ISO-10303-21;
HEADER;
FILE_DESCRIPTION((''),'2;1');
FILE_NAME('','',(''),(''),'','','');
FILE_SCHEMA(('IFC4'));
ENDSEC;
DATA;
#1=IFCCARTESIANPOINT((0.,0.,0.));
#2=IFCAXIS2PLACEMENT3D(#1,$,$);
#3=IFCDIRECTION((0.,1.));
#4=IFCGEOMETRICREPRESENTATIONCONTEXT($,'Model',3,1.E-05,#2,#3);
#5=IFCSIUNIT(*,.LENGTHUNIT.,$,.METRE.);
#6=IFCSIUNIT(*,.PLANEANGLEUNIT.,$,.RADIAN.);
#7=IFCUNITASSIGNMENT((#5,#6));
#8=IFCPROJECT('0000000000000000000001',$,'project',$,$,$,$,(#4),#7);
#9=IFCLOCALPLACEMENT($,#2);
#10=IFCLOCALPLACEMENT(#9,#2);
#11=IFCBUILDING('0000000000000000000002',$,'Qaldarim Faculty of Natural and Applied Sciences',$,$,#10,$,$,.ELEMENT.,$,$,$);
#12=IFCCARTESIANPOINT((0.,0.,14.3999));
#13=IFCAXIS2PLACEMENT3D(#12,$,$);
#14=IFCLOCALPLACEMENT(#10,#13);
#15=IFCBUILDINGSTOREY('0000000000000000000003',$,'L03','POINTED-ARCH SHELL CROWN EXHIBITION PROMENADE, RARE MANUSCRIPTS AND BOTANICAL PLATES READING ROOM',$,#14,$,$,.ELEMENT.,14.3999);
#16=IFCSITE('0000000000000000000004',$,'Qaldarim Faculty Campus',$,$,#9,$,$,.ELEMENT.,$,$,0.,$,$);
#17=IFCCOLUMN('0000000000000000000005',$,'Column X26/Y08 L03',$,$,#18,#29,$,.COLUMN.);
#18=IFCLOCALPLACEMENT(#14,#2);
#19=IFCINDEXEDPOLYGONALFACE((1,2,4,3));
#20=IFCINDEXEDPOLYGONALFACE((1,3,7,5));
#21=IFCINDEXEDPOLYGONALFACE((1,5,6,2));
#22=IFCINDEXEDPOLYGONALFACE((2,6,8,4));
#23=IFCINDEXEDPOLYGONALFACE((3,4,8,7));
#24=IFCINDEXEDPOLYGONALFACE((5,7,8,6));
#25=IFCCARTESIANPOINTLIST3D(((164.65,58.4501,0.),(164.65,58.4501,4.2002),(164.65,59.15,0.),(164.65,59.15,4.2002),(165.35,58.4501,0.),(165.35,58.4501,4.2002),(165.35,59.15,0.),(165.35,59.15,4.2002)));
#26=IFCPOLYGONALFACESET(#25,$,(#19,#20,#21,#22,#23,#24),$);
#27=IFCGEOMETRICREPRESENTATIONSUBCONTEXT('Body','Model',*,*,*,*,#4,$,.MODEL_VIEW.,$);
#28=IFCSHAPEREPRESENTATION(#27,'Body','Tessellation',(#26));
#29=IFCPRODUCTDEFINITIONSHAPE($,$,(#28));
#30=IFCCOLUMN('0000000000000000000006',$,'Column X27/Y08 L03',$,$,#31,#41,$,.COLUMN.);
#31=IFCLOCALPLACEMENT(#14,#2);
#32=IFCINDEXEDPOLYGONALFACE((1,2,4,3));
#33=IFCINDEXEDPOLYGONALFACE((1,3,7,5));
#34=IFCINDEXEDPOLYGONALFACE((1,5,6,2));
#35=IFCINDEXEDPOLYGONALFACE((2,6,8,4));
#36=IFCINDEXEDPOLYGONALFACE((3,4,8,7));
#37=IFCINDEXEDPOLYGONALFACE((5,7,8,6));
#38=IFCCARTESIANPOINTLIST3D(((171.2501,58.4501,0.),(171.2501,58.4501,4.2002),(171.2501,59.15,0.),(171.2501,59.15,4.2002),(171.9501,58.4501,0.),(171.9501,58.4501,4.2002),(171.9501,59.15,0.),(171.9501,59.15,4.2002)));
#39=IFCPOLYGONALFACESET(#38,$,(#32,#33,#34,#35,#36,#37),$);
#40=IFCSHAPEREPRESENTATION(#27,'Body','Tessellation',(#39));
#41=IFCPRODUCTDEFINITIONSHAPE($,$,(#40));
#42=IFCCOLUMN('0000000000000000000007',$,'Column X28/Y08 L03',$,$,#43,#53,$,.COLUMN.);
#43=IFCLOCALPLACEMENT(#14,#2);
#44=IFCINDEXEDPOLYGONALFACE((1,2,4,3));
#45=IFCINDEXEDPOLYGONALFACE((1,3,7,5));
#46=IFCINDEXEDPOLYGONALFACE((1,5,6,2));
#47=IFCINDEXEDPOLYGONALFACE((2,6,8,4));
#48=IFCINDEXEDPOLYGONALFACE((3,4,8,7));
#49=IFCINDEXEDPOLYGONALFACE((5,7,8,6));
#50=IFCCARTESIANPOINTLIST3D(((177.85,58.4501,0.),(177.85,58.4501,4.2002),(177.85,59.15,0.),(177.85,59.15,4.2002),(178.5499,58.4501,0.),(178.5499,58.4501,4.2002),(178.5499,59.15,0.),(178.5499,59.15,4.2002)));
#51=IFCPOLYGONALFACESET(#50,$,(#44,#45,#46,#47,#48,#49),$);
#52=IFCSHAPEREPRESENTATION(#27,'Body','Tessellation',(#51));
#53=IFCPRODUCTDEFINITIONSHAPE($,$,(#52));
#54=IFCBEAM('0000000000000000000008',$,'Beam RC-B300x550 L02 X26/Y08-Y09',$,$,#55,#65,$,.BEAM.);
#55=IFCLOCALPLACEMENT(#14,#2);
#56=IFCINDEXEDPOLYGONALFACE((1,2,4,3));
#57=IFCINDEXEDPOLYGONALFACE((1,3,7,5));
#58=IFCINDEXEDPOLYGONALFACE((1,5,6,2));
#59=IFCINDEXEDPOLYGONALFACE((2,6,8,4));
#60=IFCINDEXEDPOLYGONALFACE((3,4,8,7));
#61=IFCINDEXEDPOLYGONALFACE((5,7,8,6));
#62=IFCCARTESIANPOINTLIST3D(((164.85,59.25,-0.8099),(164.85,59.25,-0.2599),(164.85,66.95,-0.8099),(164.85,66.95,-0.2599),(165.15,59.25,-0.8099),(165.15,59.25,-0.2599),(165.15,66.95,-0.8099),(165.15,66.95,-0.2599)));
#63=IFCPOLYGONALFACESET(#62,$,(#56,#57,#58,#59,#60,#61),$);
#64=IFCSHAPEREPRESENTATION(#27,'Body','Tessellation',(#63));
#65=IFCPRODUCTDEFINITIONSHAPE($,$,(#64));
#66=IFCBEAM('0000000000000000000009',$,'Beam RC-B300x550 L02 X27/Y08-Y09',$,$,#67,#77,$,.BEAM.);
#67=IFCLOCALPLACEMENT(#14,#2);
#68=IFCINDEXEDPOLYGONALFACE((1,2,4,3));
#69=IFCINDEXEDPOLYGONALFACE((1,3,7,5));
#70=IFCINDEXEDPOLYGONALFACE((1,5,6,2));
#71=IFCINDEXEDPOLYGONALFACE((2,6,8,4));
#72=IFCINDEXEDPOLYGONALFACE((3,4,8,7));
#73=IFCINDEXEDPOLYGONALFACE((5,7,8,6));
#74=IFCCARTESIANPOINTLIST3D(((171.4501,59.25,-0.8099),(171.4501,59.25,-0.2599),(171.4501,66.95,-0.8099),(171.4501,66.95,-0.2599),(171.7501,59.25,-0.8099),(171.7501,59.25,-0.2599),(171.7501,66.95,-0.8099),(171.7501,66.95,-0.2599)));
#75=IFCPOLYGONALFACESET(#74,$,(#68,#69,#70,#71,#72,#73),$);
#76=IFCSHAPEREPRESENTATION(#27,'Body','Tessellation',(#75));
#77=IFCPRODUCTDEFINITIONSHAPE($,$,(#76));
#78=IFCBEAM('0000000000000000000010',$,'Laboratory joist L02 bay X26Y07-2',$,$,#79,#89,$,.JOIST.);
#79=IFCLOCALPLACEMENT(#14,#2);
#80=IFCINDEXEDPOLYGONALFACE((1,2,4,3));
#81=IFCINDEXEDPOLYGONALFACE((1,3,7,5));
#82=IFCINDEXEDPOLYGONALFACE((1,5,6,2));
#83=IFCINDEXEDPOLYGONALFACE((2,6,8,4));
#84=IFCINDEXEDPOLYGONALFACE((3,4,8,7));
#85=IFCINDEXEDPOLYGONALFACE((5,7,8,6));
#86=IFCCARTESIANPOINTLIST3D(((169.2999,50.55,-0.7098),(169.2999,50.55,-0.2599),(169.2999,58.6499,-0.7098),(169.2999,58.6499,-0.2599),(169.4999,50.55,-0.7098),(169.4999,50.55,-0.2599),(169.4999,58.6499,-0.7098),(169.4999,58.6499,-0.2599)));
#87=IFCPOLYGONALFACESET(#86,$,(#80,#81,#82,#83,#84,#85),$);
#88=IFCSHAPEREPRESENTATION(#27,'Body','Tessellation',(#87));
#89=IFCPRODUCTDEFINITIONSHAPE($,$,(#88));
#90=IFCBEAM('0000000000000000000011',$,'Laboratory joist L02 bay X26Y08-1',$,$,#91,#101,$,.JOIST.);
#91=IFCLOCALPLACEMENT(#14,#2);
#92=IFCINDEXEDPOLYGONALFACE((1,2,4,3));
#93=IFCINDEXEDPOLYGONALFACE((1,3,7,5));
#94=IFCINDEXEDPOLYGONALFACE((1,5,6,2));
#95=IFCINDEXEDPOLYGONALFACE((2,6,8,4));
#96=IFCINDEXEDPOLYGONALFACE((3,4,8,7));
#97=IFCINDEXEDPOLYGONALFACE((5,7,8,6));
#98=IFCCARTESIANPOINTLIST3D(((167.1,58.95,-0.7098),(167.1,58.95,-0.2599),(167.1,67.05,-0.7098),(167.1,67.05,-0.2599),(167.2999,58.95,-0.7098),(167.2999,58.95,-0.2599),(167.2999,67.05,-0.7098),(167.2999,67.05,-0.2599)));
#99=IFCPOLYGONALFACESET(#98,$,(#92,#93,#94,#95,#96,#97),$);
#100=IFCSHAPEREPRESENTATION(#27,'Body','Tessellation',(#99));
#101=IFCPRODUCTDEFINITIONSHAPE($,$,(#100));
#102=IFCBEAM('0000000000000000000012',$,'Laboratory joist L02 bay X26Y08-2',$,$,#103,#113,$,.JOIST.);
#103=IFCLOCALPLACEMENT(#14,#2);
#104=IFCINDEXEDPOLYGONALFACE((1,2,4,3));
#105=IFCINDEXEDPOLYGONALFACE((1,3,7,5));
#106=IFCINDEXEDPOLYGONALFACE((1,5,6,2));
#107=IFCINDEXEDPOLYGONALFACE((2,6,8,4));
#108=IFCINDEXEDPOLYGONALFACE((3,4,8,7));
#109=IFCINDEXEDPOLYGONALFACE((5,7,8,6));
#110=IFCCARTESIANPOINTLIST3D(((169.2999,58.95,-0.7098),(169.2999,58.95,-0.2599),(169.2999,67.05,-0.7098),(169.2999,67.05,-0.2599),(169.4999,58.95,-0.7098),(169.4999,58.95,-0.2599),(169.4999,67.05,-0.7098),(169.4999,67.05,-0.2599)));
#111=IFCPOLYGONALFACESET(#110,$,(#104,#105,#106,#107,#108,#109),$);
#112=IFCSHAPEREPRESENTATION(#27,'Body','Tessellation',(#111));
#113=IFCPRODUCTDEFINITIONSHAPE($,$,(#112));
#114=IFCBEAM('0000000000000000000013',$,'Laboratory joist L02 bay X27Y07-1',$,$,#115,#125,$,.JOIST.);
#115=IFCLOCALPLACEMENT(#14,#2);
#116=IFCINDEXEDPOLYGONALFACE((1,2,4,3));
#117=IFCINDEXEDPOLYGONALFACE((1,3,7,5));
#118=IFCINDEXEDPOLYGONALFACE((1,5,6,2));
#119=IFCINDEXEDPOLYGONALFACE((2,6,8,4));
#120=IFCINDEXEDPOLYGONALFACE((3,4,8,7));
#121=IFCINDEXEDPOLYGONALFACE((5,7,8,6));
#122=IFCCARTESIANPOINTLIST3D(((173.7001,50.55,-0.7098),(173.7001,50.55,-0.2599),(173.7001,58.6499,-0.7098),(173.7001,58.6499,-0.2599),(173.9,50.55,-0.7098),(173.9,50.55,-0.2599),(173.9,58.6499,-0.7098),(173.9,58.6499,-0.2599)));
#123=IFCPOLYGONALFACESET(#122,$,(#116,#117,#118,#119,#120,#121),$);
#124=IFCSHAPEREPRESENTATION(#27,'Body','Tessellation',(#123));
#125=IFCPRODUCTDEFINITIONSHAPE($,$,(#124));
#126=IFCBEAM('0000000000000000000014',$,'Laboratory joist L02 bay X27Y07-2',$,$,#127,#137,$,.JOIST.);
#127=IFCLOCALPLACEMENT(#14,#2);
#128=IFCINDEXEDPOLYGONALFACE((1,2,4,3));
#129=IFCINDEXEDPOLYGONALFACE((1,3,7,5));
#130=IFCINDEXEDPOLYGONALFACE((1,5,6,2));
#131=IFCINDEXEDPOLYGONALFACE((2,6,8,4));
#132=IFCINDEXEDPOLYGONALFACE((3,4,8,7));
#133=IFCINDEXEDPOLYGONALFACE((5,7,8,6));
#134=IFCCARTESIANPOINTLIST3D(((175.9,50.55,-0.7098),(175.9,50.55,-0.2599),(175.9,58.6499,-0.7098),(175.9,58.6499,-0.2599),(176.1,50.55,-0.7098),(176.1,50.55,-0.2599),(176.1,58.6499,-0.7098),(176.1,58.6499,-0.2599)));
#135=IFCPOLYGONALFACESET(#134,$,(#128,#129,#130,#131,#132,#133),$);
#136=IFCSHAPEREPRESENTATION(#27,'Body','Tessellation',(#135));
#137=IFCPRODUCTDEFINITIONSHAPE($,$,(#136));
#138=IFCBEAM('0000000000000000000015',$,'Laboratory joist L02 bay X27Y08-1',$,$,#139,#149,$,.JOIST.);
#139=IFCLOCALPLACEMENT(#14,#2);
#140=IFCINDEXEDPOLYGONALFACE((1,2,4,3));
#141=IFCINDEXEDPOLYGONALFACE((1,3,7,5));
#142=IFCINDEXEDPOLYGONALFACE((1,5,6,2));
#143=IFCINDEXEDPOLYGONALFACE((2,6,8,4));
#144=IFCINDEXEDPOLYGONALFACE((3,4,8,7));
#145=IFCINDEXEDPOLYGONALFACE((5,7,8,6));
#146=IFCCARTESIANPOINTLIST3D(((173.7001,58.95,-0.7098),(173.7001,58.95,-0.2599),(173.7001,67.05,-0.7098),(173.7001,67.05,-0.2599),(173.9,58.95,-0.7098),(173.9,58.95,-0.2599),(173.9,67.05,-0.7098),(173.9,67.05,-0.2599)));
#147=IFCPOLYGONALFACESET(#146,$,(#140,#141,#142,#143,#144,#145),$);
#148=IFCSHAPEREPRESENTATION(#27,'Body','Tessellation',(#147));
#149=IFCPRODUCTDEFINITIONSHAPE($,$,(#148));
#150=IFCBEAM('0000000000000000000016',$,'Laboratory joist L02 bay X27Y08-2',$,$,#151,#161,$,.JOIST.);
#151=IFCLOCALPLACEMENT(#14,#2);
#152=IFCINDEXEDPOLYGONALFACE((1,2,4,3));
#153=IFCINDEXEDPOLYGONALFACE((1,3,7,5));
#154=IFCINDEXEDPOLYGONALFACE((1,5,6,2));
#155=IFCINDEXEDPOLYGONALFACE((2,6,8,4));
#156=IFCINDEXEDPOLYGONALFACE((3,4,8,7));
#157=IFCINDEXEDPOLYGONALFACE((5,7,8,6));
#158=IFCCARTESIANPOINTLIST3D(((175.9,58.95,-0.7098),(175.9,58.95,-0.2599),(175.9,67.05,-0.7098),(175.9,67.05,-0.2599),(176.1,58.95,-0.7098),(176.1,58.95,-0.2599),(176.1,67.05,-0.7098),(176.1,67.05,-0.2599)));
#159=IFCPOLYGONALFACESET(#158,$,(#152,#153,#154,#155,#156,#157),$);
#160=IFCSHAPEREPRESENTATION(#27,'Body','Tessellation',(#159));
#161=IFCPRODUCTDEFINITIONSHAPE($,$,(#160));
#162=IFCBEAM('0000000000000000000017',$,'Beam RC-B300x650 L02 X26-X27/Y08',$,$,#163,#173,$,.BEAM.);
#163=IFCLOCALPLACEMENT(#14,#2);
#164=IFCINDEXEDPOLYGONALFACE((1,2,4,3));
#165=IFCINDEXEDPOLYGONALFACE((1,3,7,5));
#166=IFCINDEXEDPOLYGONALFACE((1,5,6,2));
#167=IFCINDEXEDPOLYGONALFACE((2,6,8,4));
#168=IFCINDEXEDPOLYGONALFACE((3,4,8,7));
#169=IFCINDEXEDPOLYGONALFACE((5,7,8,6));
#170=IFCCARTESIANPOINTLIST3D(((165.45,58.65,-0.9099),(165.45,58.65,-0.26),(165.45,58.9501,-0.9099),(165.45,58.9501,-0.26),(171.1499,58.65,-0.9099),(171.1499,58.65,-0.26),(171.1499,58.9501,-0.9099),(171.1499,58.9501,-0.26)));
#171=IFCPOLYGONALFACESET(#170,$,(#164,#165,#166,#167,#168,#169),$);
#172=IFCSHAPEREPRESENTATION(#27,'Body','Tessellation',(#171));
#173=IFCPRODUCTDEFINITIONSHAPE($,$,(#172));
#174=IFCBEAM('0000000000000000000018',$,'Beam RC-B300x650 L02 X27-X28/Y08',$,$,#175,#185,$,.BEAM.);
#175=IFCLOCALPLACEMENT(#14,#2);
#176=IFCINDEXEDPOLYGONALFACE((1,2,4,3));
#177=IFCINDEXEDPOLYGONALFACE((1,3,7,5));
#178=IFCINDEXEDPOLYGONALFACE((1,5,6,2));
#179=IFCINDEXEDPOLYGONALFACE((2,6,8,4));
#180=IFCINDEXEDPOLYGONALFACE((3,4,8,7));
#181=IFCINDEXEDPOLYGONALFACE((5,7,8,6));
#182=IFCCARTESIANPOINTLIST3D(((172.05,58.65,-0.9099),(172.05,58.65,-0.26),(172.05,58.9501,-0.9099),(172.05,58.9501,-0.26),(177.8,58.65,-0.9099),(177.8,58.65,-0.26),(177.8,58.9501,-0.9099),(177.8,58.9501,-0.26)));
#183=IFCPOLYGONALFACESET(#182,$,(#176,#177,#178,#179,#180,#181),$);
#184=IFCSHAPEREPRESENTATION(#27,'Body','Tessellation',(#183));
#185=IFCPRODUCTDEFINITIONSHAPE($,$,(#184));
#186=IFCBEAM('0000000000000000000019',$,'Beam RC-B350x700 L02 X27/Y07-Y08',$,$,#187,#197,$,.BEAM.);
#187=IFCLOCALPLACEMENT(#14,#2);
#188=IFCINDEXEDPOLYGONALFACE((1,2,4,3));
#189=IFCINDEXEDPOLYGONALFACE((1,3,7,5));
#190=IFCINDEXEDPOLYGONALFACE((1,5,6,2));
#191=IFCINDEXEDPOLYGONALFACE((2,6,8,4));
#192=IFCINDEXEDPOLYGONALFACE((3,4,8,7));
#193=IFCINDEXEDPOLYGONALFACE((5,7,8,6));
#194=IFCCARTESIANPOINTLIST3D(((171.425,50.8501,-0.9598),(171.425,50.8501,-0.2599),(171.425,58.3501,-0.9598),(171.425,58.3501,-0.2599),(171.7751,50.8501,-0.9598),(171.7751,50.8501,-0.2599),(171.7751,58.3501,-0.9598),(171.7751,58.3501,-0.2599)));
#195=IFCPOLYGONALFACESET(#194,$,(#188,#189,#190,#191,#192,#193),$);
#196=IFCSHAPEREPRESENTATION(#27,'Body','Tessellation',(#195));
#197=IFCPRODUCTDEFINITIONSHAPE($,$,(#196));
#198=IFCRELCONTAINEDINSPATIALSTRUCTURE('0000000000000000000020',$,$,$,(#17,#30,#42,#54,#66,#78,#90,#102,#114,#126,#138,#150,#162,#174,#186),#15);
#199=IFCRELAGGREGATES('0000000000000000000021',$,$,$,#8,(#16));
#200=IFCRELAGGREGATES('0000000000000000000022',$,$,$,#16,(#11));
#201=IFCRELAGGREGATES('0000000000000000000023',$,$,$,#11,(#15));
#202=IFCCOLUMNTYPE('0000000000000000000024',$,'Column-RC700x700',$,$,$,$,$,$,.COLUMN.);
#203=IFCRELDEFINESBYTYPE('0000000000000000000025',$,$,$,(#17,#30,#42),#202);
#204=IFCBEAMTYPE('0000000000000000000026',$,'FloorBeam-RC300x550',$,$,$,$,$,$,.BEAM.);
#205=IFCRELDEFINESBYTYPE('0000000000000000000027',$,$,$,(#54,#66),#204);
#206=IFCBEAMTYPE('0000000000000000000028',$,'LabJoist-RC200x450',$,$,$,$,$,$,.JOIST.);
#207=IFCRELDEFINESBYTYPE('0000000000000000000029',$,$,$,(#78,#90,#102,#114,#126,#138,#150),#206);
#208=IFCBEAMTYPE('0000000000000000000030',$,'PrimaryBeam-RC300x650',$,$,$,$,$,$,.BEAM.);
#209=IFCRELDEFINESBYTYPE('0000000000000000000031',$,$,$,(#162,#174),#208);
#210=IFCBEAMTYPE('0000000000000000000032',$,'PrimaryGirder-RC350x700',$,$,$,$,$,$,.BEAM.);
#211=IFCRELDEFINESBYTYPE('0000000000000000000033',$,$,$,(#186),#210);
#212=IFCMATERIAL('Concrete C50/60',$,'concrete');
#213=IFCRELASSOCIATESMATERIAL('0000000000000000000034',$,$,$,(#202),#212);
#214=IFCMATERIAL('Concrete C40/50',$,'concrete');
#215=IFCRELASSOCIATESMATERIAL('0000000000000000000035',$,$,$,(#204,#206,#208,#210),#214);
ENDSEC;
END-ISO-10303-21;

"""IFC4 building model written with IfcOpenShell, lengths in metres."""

from ifc_helpers import new_model, si_unit, direction, frame, origin, origin_2d, place, context, subcontext, project, spatial, rectangle, extrude, material, material_profile, profile_set, type_object, element, save


model = new_model("IFC4")

# Units and contexts
model_context = context("Model", 3, precision=1e-05, world=origin(), true_north=direction((0.0, 1.0)))
body_context = subcontext(model_context, "Body", "Model", "MODEL_VIEW")
ifc_project = project(units=[si_unit("LENGTHUNIT", "METRE"), si_unit("PLANEANGLEUNIT", "RADIAN")], contexts=[model_context])

# Site, building, storey
site_placement = place(None, origin())
site = spatial("IfcSite", under=ifc_project, at=site_placement, Name="Qaldarim Faculty Campus", CompositionType="ELEMENT", RefElevation=0.0)
building_placement = place(site_placement, origin())
building = spatial("IfcBuilding", under=site, at=building_placement, Name="Qaldarim Faculty of Natural and Applied Sciences", CompositionType="ELEMENT")
storey_placement = place(building_placement, frame((0.0, 0.0, 14.3999)))
storey = spatial("IfcBuildingStorey", under=building, at=storey_placement, Name="L03", Description="POINTED-ARCH SHELL CROWN EXHIBITION PROMENADE, RARE MANUSCRIPTS AND BOTANICAL PLATES READING ROOM", CompositionType="ELEMENT", Elevation=14.3999)

# Columns
ifc_material_1 = material(Name="Concrete C50/60", Category="concrete")
ifc_material_profile_1 = material_profile(ifc_material_1, rectangle(XDim=0.7, YDim=0.7, at=origin_2d()), Name="RC-C700x700")
ifc_profile_set_1 = profile_set([ifc_material_profile_1], Name="Concrete C50/60")
column_type = type_object("IfcColumnType", Name="Column-RC700x700", PredefinedType="COLUMN", material=ifc_profile_set_1)
for number, where, z_axis, x_axis, name in (
    (1, (165.0, 58.8, 0.0), (0.0, 0.0, 1.0), (1.0, 0.0, 0.0), "Column X26/Y08 L03"),
    (2, (171.6001, 58.8, 0.0), (0.0, 0.0, 1.0), (1.0, 0.0, 0.0), "Column X27/Y08 L03"),
    (3, (178.2, 58.8, 0.0), (0.0, 0.0, 1.0), (1.0, 0.0, 0.0), "Column X28/Y08 L03"),
):
    element("IfcColumn", number, at=place(storey_placement, frame(where, z_axis=z_axis, x_axis=x_axis)), inside=storey, type_object=column_type, Name=name, PredefinedType="COLUMN", context=body_context, shape_type="SweptSolid", body=[
        extrude(rectangle(XDim=0.7, YDim=0.7, at=origin_2d()), origin(), (0.0, 0.0, 1.0), 4.2002),
    ])

# Beams
ifc_material_2 = material(Name="Concrete C40/50", Category="concrete")
ifc_material_profile_2 = material_profile(ifc_material_2, rectangle(XDim=0.3, YDim=0.55, at=origin_2d()), Name="RC-B300x550")
ifc_profile_set_2 = profile_set([ifc_material_profile_2], Name="Concrete C40/50")
beam_type_1 = type_object("IfcBeamType", Name="FloorBeam-RC300x550", PredefinedType="BEAM", material=ifc_profile_set_2)
for number, where, z_axis, x_axis, name in (
    (4, (165.0, 59.25, -0.5349), (0.0, 1.0, 0.0), (-1.0, 0.0, 0.0), "Beam RC-B300x550 L02 X26/Y08-Y09"),
    (5, (171.6001, 59.25, -0.5349), (0.0, 1.0, 0.0), (-1.0, 0.0, 0.0), "Beam RC-B300x550 L02 X27/Y08-Y09"),
):
    element("IfcBeam", number, at=place(storey_placement, frame(where, z_axis=z_axis, x_axis=x_axis)), inside=storey, type_object=beam_type_1, Name=name, PredefinedType="BEAM", context=body_context, shape_type="SweptSolid", body=[
        extrude(rectangle(XDim=0.3, YDim=0.55, at=origin_2d()), origin(), (0.0, 0.0, 1.0), 7.7),
    ])
ifc_material_profile_3 = material_profile(ifc_material_2, rectangle(XDim=0.2, YDim=0.45, at=origin_2d()), Name="RC-J200x450")
ifc_profile_set_3 = profile_set([ifc_material_profile_3], Name="Concrete C40/50")
beam_type_2 = type_object("IfcBeamType", Name="LabJoist-RC200x450", PredefinedType="JOIST", material=ifc_profile_set_3)
beam_1_placement = place(storey_placement, frame((169.3999, 50.55, -0.4849), z_axis=(0.0, 1.0, 0.0), x_axis=(-1.0, 0.0, 0.0)))
element("IfcBeam", 6, at=beam_1_placement, inside=storey, type_object=beam_type_2, Name="Laboratory joist L02 bay X26Y07-2", PredefinedType="JOIST", context=body_context, shape_type="SweptSolid", body=[
    extrude(rectangle(XDim=0.2, YDim=0.45, at=origin_2d()), origin(), (0.0, 0.0, 1.0), 8.0999),
])
for number, where, z_axis, x_axis, name in (
    (7, (167.2, 58.95, -0.4849), (0.0, 1.0, 0.0), (-1.0, 0.0, 0.0), "Laboratory joist L02 bay X26Y08-1"),
    (8, (169.3999, 58.95, -0.4849), (0.0, 1.0, 0.0), (-1.0, 0.0, 0.0), "Laboratory joist L02 bay X26Y08-2"),
):
    element("IfcBeam", number, at=place(storey_placement, frame(where, z_axis=z_axis, x_axis=x_axis)), inside=storey, type_object=beam_type_2, Name=name, PredefinedType="JOIST", context=body_context, shape_type="SweptSolid", body=[
        extrude(rectangle(XDim=0.2, YDim=0.45, at=origin_2d()), origin(), (0.0, 0.0, 1.0), 8.1001),
    ])
for number, where, z_axis, x_axis, name in (
    (9, (173.8, 50.55, -0.4849), (0.0, 1.0, 0.0), (-1.0, 0.0, 0.0), "Laboratory joist L02 bay X27Y07-1"),
    (10, (176.0, 50.55, -0.4849), (0.0, 1.0, 0.0), (-1.0, 0.0, 0.0), "Laboratory joist L02 bay X27Y07-2"),
):
    element("IfcBeam", number, at=place(storey_placement, frame(where, z_axis=z_axis, x_axis=x_axis)), inside=storey, type_object=beam_type_2, Name=name, PredefinedType="JOIST", context=body_context, shape_type="SweptSolid", body=[
        extrude(rectangle(XDim=0.2, YDim=0.45, at=origin_2d()), origin(), (0.0, 0.0, 1.0), 8.0999),
    ])
for number, where, z_axis, x_axis, name in (
    (11, (173.8, 58.95, -0.4849), (0.0, 1.0, 0.0), (-1.0, 0.0, 0.0), "Laboratory joist L02 bay X27Y08-1"),
    (12, (176.0, 58.95, -0.4849), (0.0, 1.0, 0.0), (-1.0, 0.0, 0.0), "Laboratory joist L02 bay X27Y08-2"),
):
    element("IfcBeam", number, at=place(storey_placement, frame(where, z_axis=z_axis, x_axis=x_axis)), inside=storey, type_object=beam_type_2, Name=name, PredefinedType="JOIST", context=body_context, shape_type="SweptSolid", body=[
        extrude(rectangle(XDim=0.2, YDim=0.45, at=origin_2d()), origin(), (0.0, 0.0, 1.0), 8.1001),
    ])
ifc_material_profile_4 = material_profile(ifc_material_2, rectangle(XDim=0.3, YDim=0.6499, at=origin_2d()), Name="RC-B300x650")
ifc_profile_set_4 = profile_set([ifc_material_profile_4], Name="Concrete C40/50")
beam_type_3 = type_object("IfcBeamType", Name="PrimaryBeam-RC300x650", PredefinedType="BEAM", material=ifc_profile_set_4)
beam_2_placement = place(storey_placement, frame((165.45, 58.8, -0.585), z_axis=(1.0, 0.0, 0.0), x_axis=(0.0, 1.0, 0.0)))
element("IfcBeam", 13, at=beam_2_placement, inside=storey, type_object=beam_type_3, Name="Beam RC-B300x650 L02 X26-X27/Y08", PredefinedType="BEAM", context=body_context, shape_type="SweptSolid", body=[
    extrude(rectangle(XDim=0.3, YDim=0.6499, at=origin_2d()), origin(), (0.0, 0.0, 1.0), 5.7),
])
beam_3_placement = place(storey_placement, frame((172.05, 58.8, -0.585), z_axis=(1.0, 0.0, 0.0), x_axis=(0.0, 1.0, 0.0)))
element("IfcBeam", 14, at=beam_3_placement, inside=storey, type_object=beam_type_3, Name="Beam RC-B300x650 L02 X27-X28/Y08", PredefinedType="BEAM", context=body_context, shape_type="SweptSolid", body=[
    extrude(rectangle(XDim=0.3, YDim=0.6499, at=origin_2d()), origin(), (0.0, 0.0, 1.0), 5.75),
])
ifc_material_profile_5 = material_profile(ifc_material_2, rectangle(XDim=0.3501, YDim=0.7, at=origin_2d()), Name="RC-B350x700")
ifc_profile_set_5 = profile_set([ifc_material_profile_5], Name="Concrete C40/50")
beam_type_4 = type_object("IfcBeamType", Name="PrimaryGirder-RC350x700", PredefinedType="BEAM", material=ifc_profile_set_5)
beam_4_placement = place(storey_placement, frame((171.6001, 50.8501, -0.6099), z_axis=(0.0, 1.0, 0.0), x_axis=(-1.0, 0.0, 0.0)))
element("IfcBeam", 15, at=beam_4_placement, inside=storey, type_object=beam_type_4, Name="Beam RC-B350x700 L02 X27/Y07-Y08", PredefinedType="BEAM", context=body_context, shape_type="SweptSolid", body=[
    extrude(rectangle(XDim=0.3501, YDim=0.7, at=origin_2d()), origin(), (0.0, 0.0, 1.0), 7.5),
])

save(model, "model.ifc")
